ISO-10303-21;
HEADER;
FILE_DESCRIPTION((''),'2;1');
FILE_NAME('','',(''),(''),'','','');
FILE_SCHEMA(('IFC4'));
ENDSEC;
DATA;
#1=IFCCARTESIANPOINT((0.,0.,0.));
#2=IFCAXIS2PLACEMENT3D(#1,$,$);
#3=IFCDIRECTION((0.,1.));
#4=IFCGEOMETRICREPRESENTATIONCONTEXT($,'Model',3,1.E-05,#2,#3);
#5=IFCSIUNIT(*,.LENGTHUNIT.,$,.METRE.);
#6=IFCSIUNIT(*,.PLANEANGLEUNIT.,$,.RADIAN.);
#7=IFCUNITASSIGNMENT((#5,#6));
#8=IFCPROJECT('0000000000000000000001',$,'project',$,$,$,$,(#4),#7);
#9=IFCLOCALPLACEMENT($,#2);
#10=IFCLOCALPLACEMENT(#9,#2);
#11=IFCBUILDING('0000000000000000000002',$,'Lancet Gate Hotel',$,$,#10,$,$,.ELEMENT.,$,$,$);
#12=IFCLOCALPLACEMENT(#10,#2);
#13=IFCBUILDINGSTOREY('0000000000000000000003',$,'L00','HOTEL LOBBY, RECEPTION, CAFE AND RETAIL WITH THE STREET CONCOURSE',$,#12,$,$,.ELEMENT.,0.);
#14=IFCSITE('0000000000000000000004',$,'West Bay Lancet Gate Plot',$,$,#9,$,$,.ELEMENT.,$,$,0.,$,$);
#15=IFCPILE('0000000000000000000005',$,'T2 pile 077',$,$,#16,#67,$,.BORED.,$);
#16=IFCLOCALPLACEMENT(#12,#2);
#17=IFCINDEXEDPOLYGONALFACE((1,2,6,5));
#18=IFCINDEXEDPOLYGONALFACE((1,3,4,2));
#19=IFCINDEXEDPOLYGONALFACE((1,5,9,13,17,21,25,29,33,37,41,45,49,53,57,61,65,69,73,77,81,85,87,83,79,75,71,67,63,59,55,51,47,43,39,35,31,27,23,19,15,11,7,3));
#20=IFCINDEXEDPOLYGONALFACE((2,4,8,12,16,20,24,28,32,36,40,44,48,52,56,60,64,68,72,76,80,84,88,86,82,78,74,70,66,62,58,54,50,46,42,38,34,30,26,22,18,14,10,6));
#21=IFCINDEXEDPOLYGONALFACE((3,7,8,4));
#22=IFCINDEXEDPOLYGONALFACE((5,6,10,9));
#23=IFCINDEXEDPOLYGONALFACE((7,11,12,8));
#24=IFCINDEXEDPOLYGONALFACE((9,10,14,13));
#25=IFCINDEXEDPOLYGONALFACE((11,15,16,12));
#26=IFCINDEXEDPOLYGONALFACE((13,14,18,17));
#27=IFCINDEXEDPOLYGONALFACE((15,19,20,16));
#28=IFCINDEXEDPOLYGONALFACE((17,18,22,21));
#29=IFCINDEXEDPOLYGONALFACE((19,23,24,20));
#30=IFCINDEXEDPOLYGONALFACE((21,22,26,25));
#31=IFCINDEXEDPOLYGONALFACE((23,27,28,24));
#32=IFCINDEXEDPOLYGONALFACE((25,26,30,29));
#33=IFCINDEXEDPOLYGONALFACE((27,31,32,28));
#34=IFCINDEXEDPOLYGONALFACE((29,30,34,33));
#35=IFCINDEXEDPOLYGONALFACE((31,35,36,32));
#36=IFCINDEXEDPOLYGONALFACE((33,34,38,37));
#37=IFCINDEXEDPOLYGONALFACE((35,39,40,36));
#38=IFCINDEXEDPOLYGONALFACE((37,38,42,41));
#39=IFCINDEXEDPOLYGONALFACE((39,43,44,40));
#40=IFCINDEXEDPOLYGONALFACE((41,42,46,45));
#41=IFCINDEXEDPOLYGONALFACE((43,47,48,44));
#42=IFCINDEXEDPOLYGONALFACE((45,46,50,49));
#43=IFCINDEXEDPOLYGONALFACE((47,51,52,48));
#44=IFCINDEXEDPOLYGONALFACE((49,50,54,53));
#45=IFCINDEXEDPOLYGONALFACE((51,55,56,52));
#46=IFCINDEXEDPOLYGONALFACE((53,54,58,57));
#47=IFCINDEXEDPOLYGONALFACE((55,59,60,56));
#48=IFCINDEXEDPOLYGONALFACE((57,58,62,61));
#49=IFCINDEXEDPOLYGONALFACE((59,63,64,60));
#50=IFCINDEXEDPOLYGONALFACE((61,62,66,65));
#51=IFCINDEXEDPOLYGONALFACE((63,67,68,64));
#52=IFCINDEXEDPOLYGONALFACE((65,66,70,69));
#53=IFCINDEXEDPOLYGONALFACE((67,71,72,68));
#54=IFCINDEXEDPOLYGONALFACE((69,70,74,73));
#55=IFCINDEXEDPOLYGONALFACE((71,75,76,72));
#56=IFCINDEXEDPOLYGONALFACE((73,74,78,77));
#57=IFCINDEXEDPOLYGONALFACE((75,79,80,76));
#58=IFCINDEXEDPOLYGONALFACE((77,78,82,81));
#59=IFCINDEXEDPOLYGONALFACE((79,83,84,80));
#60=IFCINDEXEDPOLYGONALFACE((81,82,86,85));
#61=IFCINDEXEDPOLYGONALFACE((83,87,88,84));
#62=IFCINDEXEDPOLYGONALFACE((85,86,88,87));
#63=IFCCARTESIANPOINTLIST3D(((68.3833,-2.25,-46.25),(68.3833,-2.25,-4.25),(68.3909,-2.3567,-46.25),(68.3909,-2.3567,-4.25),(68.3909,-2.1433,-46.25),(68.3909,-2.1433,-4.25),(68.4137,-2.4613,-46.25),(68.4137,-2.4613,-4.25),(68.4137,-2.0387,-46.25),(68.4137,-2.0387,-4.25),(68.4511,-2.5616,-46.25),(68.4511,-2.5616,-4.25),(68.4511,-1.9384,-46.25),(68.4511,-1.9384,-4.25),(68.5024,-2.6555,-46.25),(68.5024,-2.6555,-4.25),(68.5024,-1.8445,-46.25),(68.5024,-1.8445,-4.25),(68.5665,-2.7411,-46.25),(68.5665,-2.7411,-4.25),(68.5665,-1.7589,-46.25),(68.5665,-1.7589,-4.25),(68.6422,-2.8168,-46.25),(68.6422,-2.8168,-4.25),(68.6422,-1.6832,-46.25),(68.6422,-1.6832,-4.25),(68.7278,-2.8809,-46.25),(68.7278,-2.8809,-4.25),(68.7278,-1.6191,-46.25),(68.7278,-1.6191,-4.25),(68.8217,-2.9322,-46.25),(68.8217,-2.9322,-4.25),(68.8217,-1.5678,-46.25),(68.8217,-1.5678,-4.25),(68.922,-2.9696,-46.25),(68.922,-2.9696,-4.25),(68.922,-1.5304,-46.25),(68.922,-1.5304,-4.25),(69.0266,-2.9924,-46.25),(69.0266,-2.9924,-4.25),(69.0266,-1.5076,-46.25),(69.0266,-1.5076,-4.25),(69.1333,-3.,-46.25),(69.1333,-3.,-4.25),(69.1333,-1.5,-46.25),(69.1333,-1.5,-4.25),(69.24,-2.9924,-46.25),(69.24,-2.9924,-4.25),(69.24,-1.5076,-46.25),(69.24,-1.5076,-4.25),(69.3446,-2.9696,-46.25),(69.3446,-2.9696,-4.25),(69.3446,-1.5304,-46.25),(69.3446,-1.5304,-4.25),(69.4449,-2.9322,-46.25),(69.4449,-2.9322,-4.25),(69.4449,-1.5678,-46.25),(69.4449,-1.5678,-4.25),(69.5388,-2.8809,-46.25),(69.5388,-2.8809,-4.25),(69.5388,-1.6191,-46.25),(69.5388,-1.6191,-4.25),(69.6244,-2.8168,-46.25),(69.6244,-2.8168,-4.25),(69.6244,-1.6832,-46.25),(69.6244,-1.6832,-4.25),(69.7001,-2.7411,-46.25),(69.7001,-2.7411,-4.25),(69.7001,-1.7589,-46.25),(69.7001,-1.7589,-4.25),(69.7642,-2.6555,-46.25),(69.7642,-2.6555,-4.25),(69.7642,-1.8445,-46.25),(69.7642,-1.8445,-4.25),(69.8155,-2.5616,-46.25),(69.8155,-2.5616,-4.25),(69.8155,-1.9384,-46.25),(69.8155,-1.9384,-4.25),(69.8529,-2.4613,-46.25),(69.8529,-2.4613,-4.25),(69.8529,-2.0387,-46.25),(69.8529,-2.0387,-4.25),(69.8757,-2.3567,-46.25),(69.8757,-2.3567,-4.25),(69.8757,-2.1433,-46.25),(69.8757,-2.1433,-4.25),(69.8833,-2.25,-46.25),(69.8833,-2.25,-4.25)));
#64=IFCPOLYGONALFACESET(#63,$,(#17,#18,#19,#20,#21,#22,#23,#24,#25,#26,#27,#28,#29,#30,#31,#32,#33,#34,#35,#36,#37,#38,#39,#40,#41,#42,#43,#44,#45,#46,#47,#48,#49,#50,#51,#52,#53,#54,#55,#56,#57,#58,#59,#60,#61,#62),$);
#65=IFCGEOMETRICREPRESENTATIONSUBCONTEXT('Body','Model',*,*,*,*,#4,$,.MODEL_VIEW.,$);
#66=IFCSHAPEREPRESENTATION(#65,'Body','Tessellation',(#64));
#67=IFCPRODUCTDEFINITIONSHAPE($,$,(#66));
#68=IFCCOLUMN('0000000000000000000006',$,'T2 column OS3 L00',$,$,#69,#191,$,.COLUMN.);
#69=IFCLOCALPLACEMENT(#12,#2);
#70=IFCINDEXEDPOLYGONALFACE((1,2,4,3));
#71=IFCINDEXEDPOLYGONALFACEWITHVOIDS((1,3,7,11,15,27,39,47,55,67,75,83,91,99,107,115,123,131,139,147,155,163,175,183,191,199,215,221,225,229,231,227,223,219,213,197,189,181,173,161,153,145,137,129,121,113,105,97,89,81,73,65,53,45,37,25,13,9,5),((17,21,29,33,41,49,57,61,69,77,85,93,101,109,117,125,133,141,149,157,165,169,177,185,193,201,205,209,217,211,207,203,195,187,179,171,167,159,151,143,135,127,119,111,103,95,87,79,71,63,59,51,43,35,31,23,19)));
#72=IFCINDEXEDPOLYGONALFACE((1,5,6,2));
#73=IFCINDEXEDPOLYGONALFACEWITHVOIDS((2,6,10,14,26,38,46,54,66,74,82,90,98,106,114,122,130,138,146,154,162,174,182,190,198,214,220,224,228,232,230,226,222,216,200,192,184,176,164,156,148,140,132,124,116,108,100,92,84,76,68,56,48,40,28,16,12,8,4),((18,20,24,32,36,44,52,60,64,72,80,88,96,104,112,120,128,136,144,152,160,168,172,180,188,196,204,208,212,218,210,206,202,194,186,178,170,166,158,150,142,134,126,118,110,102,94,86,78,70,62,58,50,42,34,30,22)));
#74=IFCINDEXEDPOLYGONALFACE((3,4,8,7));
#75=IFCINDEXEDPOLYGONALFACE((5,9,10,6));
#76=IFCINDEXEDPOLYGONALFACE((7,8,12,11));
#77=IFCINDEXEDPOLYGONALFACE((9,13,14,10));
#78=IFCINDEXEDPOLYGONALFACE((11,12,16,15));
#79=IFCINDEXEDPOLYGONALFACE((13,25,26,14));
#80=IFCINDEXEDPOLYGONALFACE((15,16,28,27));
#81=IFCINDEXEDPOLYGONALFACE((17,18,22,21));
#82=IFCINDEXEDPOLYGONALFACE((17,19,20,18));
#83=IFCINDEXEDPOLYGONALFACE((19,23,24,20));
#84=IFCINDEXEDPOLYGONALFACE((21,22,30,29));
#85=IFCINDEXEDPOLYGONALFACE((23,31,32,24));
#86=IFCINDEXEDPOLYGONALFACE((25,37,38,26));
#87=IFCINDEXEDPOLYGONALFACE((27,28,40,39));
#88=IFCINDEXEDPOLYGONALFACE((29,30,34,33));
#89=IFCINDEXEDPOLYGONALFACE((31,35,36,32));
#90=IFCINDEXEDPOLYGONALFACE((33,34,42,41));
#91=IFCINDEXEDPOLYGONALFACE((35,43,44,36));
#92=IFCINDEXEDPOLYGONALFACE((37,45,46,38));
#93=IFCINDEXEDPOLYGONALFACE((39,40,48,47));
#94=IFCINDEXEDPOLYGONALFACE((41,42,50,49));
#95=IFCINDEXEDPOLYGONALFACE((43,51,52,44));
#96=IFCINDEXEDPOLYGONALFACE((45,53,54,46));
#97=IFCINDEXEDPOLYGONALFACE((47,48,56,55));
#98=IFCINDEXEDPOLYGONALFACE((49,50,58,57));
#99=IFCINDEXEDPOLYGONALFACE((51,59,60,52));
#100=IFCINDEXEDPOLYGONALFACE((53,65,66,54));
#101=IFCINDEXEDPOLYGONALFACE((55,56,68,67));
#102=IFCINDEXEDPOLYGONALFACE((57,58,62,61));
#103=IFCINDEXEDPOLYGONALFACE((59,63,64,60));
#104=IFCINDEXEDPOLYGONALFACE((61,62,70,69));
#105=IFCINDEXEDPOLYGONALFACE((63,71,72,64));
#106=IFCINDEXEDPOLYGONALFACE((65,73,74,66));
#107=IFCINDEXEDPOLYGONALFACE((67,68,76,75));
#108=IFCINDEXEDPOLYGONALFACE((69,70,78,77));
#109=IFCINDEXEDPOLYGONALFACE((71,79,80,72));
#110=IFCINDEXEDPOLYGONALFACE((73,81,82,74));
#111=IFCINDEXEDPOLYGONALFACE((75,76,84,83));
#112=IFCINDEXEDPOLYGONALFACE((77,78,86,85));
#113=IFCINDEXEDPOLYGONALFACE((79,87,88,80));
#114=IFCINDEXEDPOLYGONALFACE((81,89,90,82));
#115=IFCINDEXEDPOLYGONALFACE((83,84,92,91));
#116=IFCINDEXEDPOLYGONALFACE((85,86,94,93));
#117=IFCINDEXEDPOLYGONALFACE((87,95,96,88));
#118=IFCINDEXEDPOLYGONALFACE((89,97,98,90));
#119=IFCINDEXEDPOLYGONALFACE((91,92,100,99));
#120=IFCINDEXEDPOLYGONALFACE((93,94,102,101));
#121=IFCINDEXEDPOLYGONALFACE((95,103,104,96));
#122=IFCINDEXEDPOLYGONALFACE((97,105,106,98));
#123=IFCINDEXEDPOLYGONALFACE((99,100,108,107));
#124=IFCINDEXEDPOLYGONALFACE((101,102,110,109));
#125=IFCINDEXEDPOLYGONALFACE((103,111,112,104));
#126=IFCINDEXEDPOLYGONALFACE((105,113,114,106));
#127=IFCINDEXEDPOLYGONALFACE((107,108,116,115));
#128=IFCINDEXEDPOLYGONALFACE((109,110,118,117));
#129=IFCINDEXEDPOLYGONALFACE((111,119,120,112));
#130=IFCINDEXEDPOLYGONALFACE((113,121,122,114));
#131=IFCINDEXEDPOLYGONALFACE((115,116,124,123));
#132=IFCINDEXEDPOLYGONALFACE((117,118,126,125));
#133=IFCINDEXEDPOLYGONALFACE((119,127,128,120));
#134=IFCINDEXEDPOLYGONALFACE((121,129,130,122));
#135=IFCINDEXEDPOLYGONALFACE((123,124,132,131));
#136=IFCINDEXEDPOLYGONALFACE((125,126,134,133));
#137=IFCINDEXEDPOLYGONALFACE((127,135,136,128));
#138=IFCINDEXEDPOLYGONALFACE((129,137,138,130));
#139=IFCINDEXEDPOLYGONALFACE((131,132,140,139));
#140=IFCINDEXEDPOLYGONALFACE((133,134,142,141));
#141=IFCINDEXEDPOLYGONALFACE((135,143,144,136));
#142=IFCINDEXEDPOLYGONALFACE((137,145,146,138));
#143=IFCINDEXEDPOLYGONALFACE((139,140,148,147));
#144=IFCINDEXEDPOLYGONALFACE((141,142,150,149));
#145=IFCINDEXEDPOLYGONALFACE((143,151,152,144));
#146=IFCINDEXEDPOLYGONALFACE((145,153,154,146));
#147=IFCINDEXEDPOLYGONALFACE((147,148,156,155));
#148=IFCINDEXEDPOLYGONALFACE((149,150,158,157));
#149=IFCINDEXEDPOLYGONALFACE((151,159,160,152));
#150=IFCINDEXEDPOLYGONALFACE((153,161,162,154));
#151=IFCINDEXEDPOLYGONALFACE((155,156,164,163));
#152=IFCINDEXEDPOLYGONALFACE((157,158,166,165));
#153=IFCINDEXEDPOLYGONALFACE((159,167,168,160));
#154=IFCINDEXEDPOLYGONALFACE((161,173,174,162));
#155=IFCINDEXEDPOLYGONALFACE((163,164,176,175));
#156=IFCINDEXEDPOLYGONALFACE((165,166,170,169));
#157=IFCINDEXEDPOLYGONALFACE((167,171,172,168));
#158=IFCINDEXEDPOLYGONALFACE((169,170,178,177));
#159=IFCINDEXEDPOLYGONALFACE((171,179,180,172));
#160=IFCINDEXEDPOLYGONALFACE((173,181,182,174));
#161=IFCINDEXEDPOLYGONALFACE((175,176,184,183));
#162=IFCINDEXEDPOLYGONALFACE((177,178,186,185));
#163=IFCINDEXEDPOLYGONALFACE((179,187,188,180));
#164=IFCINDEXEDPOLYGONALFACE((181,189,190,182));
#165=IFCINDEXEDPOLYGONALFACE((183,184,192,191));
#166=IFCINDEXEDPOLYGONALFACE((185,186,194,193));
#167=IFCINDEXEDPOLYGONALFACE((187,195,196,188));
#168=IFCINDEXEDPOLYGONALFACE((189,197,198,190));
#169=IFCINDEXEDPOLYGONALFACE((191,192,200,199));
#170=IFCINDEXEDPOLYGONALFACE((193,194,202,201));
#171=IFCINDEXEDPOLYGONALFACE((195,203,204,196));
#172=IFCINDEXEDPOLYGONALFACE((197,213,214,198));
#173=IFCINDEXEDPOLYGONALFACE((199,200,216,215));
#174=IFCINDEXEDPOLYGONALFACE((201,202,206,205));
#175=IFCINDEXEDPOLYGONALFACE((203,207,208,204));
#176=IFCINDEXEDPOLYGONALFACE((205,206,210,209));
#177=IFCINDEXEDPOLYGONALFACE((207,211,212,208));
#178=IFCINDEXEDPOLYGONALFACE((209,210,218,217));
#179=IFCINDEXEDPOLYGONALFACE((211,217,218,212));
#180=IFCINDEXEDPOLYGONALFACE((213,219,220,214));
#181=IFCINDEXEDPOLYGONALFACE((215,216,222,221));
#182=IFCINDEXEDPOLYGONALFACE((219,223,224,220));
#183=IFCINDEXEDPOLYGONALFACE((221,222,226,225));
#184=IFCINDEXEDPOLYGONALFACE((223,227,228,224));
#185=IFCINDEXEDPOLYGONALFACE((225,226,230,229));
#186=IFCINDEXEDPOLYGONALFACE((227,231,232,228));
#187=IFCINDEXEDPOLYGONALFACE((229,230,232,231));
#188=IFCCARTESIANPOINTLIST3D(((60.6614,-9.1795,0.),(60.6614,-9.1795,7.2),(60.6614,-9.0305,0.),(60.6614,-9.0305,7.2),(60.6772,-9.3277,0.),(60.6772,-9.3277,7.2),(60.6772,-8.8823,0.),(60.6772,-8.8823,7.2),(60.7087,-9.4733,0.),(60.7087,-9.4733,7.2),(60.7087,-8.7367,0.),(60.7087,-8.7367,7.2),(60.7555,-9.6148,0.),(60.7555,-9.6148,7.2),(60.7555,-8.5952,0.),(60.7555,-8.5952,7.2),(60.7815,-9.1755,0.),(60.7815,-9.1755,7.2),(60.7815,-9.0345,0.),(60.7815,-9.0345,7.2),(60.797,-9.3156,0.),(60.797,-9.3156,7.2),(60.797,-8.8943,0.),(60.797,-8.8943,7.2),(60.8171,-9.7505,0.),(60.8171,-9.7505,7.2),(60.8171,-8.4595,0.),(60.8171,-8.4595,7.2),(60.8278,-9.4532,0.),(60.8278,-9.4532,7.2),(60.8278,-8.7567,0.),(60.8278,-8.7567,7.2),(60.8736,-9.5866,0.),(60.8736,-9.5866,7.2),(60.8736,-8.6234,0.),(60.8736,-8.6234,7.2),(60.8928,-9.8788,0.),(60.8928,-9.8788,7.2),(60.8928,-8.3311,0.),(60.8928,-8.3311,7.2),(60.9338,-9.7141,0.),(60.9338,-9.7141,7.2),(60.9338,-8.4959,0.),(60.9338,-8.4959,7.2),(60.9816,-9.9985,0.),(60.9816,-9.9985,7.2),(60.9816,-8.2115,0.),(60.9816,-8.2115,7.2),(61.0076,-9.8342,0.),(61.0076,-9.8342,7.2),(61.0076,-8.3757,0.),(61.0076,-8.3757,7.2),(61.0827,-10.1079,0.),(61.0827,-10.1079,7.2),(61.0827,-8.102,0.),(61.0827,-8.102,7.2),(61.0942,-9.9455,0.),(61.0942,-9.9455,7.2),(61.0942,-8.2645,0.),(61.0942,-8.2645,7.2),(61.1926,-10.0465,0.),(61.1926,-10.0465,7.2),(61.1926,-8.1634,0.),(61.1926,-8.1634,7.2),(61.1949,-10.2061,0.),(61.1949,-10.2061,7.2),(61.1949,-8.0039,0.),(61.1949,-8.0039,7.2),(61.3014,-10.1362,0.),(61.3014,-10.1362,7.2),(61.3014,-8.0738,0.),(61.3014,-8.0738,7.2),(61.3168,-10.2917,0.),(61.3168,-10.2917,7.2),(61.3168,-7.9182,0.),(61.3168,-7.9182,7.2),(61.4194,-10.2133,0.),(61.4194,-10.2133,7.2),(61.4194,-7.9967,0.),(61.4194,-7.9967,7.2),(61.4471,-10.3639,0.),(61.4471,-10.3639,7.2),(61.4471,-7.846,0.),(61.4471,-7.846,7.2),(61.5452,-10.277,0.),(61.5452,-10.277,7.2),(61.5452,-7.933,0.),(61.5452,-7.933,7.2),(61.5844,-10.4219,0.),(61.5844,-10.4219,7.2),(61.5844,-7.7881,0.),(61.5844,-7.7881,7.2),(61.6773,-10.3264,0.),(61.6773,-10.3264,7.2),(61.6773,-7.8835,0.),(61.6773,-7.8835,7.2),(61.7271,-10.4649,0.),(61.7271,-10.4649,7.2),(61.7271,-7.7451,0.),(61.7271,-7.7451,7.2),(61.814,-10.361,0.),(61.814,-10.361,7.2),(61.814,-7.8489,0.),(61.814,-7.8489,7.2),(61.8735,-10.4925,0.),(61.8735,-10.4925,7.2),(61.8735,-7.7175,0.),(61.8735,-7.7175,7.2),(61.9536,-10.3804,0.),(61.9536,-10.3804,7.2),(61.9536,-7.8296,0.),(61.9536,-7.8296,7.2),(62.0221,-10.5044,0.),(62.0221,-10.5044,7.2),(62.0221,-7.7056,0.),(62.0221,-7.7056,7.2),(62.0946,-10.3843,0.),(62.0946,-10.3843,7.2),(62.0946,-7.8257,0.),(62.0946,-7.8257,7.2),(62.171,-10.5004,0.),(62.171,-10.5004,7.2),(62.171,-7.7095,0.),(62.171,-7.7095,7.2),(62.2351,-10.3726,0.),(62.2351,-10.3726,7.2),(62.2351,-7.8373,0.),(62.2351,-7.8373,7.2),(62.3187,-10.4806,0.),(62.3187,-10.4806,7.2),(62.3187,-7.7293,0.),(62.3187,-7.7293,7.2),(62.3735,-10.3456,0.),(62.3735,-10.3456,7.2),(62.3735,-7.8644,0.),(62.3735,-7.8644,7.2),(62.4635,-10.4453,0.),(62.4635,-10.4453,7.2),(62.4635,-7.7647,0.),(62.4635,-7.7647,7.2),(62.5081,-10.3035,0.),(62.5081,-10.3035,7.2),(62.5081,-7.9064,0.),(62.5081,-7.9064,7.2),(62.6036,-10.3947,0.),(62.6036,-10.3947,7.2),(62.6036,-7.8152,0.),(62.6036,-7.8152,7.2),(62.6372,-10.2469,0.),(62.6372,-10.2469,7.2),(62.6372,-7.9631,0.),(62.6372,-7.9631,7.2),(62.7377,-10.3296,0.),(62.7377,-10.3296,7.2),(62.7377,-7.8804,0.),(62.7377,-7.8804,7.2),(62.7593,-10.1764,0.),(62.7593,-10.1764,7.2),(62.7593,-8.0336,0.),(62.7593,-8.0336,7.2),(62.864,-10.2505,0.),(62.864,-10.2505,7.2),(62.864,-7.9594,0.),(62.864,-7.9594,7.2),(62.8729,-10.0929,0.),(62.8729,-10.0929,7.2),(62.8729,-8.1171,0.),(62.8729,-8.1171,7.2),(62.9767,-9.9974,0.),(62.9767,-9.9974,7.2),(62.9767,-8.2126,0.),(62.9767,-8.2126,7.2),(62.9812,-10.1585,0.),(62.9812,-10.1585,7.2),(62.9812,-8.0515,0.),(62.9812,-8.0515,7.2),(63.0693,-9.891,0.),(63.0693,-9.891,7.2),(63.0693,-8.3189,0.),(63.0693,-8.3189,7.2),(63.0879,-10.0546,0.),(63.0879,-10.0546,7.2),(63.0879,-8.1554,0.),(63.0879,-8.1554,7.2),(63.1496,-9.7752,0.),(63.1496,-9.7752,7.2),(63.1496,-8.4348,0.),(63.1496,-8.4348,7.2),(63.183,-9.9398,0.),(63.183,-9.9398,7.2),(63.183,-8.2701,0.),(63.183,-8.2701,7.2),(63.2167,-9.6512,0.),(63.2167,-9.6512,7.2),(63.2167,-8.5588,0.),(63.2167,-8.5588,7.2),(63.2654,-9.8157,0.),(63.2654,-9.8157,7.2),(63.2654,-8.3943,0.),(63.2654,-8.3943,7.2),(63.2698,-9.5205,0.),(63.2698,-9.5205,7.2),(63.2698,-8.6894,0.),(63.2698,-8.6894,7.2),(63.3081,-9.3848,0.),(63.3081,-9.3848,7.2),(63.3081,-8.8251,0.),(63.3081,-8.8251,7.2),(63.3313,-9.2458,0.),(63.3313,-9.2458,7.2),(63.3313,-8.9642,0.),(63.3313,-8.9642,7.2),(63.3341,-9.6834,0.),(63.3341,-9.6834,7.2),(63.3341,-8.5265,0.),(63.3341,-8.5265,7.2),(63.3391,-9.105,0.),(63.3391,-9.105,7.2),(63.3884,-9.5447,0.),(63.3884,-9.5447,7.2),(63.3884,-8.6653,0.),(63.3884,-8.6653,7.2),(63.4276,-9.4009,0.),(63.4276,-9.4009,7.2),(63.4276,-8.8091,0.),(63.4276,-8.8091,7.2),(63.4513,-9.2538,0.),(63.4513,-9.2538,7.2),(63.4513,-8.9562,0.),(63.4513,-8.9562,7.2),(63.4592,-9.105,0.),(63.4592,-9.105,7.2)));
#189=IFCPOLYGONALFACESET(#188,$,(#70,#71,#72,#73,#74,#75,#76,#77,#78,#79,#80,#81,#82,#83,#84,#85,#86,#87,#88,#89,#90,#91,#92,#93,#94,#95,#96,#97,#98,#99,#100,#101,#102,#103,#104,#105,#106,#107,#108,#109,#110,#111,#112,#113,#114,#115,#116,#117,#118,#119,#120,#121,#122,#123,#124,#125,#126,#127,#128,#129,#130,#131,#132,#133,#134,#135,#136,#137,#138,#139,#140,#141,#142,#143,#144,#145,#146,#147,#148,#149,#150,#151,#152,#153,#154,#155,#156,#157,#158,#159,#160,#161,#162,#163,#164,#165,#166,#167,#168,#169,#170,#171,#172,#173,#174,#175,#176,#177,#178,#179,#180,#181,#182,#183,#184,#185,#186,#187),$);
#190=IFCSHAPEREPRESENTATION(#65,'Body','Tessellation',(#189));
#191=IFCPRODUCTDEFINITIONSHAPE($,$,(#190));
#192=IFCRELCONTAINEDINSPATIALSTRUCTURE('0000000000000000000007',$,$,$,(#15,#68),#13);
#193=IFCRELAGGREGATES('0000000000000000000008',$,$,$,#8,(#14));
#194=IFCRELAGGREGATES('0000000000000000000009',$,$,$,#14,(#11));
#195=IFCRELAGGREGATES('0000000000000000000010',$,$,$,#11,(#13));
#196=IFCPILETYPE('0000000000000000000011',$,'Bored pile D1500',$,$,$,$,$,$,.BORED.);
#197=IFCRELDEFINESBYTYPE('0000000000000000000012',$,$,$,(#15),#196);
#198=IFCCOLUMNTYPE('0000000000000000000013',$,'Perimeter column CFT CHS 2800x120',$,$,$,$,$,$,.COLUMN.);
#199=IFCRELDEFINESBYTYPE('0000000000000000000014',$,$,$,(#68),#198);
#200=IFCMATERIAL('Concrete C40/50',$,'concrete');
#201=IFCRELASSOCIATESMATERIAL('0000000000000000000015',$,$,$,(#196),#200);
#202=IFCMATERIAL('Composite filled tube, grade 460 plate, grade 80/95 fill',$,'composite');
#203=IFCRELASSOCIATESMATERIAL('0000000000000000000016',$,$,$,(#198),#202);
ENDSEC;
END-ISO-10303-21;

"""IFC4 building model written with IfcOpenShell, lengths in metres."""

from ifc_helpers import new_model, si_unit, direction, frame, origin, origin_2d, place, context, subcontext, project, spatial, circle, hollow_circle, extrude, material, material_profile, profile_set, type_object, element, save


model = new_model("IFC4")

# Units and contexts
model_context = context("Model", 3, precision=1e-05, world=origin(), true_north=direction((0.0, 1.0)))
body_context = subcontext(model_context, "Body", "Model", "MODEL_VIEW")
ifc_project = project(units=[si_unit("LENGTHUNIT", "METRE"), si_unit("PLANEANGLEUNIT", "RADIAN")], contexts=[model_context])

# Site, building, storey
site_placement = place(None, origin())
site = spatial("IfcSite", under=ifc_project, at=site_placement, Name="West Bay Lancet Gate Plot", CompositionType="ELEMENT", RefElevation=0.0)
building_placement = place(site_placement, origin())
building = spatial("IfcBuilding", under=site, at=building_placement, Name="Lancet Gate Hotel", CompositionType="ELEMENT")
storey_placement = place(building_placement, origin())
storey = spatial("IfcBuildingStorey", under=building, at=storey_placement, Name="L00", Description="HOTEL LOBBY, RECEPTION, CAFE AND RETAIL WITH THE STREET CONCOURSE", CompositionType="ELEMENT", Elevation=0.0)

# Pile
ifc_material_1 = material(Name="Concrete C40/50", Category="concrete")
ifc_material_profile_1 = material_profile(ifc_material_1, circle(Radius=0.75, at=origin_2d()), Name="PILE D1500")
ifc_profile_set_1 = profile_set([ifc_material_profile_1], Name="Concrete C40/50")
pile_type = type_object("IfcPileType", Name="Bored pile D1500", PredefinedType="BORED", material=ifc_profile_set_1)
for number, where, z_axis, x_axis, name in (
    (1, (69.1333, -2.25, -4.25), (0.0, 0.0, -1.0), (1.0, 0.0, 0.0), "T2 pile 077"),
):
    element("IfcPile", number, at=place(storey_placement, frame(where, z_axis=z_axis, x_axis=x_axis)), inside=storey, type_object=pile_type, Name=name, PredefinedType="BORED", context=body_context, shape_type="SweptSolid", body=[
        extrude(circle(Radius=0.75, at=origin_2d()), origin(), (0.0, 0.0, 1.0), 42.0),
    ])

# Column
ifc_material_2 = material(Name="Composite filled tube, grade 460 plate, grade 80/95 fill", Category="composite")
ifc_material_profile_2 = material_profile(ifc_material_2, hollow_circle(Radius=1.3999, WallThickness=0.1201, at=origin_2d()), Name="CHS 2800x120")
ifc_profile_set_2 = profile_set([ifc_material_profile_2], Name="Composite filled tube, grade 460 plate, grade 80/95 fill")
column_type = type_object("IfcColumnType", Name="Perimeter column CFT CHS 2800x120", PredefinedType="COLUMN", material=ifc_profile_set_2)
column_placement = place(storey_placement, frame((62.0593, -9.105, 0.0), z_axis=(0.0, 0.0, 1.0), x_axis=(1.0, 0.0, 0.0)))
element("IfcColumn", 2, at=column_placement, inside=storey, type_object=column_type, Name="T2 column OS3 L00", PredefinedType="COLUMN", context=body_context, shape_type="SweptSolid", body=[
    extrude(hollow_circle(Radius=1.3999, WallThickness=0.1201, at=origin_2d()), origin(), (0.0, 0.0, 1.0), 7.2),
])

save(model, "model.ifc")
